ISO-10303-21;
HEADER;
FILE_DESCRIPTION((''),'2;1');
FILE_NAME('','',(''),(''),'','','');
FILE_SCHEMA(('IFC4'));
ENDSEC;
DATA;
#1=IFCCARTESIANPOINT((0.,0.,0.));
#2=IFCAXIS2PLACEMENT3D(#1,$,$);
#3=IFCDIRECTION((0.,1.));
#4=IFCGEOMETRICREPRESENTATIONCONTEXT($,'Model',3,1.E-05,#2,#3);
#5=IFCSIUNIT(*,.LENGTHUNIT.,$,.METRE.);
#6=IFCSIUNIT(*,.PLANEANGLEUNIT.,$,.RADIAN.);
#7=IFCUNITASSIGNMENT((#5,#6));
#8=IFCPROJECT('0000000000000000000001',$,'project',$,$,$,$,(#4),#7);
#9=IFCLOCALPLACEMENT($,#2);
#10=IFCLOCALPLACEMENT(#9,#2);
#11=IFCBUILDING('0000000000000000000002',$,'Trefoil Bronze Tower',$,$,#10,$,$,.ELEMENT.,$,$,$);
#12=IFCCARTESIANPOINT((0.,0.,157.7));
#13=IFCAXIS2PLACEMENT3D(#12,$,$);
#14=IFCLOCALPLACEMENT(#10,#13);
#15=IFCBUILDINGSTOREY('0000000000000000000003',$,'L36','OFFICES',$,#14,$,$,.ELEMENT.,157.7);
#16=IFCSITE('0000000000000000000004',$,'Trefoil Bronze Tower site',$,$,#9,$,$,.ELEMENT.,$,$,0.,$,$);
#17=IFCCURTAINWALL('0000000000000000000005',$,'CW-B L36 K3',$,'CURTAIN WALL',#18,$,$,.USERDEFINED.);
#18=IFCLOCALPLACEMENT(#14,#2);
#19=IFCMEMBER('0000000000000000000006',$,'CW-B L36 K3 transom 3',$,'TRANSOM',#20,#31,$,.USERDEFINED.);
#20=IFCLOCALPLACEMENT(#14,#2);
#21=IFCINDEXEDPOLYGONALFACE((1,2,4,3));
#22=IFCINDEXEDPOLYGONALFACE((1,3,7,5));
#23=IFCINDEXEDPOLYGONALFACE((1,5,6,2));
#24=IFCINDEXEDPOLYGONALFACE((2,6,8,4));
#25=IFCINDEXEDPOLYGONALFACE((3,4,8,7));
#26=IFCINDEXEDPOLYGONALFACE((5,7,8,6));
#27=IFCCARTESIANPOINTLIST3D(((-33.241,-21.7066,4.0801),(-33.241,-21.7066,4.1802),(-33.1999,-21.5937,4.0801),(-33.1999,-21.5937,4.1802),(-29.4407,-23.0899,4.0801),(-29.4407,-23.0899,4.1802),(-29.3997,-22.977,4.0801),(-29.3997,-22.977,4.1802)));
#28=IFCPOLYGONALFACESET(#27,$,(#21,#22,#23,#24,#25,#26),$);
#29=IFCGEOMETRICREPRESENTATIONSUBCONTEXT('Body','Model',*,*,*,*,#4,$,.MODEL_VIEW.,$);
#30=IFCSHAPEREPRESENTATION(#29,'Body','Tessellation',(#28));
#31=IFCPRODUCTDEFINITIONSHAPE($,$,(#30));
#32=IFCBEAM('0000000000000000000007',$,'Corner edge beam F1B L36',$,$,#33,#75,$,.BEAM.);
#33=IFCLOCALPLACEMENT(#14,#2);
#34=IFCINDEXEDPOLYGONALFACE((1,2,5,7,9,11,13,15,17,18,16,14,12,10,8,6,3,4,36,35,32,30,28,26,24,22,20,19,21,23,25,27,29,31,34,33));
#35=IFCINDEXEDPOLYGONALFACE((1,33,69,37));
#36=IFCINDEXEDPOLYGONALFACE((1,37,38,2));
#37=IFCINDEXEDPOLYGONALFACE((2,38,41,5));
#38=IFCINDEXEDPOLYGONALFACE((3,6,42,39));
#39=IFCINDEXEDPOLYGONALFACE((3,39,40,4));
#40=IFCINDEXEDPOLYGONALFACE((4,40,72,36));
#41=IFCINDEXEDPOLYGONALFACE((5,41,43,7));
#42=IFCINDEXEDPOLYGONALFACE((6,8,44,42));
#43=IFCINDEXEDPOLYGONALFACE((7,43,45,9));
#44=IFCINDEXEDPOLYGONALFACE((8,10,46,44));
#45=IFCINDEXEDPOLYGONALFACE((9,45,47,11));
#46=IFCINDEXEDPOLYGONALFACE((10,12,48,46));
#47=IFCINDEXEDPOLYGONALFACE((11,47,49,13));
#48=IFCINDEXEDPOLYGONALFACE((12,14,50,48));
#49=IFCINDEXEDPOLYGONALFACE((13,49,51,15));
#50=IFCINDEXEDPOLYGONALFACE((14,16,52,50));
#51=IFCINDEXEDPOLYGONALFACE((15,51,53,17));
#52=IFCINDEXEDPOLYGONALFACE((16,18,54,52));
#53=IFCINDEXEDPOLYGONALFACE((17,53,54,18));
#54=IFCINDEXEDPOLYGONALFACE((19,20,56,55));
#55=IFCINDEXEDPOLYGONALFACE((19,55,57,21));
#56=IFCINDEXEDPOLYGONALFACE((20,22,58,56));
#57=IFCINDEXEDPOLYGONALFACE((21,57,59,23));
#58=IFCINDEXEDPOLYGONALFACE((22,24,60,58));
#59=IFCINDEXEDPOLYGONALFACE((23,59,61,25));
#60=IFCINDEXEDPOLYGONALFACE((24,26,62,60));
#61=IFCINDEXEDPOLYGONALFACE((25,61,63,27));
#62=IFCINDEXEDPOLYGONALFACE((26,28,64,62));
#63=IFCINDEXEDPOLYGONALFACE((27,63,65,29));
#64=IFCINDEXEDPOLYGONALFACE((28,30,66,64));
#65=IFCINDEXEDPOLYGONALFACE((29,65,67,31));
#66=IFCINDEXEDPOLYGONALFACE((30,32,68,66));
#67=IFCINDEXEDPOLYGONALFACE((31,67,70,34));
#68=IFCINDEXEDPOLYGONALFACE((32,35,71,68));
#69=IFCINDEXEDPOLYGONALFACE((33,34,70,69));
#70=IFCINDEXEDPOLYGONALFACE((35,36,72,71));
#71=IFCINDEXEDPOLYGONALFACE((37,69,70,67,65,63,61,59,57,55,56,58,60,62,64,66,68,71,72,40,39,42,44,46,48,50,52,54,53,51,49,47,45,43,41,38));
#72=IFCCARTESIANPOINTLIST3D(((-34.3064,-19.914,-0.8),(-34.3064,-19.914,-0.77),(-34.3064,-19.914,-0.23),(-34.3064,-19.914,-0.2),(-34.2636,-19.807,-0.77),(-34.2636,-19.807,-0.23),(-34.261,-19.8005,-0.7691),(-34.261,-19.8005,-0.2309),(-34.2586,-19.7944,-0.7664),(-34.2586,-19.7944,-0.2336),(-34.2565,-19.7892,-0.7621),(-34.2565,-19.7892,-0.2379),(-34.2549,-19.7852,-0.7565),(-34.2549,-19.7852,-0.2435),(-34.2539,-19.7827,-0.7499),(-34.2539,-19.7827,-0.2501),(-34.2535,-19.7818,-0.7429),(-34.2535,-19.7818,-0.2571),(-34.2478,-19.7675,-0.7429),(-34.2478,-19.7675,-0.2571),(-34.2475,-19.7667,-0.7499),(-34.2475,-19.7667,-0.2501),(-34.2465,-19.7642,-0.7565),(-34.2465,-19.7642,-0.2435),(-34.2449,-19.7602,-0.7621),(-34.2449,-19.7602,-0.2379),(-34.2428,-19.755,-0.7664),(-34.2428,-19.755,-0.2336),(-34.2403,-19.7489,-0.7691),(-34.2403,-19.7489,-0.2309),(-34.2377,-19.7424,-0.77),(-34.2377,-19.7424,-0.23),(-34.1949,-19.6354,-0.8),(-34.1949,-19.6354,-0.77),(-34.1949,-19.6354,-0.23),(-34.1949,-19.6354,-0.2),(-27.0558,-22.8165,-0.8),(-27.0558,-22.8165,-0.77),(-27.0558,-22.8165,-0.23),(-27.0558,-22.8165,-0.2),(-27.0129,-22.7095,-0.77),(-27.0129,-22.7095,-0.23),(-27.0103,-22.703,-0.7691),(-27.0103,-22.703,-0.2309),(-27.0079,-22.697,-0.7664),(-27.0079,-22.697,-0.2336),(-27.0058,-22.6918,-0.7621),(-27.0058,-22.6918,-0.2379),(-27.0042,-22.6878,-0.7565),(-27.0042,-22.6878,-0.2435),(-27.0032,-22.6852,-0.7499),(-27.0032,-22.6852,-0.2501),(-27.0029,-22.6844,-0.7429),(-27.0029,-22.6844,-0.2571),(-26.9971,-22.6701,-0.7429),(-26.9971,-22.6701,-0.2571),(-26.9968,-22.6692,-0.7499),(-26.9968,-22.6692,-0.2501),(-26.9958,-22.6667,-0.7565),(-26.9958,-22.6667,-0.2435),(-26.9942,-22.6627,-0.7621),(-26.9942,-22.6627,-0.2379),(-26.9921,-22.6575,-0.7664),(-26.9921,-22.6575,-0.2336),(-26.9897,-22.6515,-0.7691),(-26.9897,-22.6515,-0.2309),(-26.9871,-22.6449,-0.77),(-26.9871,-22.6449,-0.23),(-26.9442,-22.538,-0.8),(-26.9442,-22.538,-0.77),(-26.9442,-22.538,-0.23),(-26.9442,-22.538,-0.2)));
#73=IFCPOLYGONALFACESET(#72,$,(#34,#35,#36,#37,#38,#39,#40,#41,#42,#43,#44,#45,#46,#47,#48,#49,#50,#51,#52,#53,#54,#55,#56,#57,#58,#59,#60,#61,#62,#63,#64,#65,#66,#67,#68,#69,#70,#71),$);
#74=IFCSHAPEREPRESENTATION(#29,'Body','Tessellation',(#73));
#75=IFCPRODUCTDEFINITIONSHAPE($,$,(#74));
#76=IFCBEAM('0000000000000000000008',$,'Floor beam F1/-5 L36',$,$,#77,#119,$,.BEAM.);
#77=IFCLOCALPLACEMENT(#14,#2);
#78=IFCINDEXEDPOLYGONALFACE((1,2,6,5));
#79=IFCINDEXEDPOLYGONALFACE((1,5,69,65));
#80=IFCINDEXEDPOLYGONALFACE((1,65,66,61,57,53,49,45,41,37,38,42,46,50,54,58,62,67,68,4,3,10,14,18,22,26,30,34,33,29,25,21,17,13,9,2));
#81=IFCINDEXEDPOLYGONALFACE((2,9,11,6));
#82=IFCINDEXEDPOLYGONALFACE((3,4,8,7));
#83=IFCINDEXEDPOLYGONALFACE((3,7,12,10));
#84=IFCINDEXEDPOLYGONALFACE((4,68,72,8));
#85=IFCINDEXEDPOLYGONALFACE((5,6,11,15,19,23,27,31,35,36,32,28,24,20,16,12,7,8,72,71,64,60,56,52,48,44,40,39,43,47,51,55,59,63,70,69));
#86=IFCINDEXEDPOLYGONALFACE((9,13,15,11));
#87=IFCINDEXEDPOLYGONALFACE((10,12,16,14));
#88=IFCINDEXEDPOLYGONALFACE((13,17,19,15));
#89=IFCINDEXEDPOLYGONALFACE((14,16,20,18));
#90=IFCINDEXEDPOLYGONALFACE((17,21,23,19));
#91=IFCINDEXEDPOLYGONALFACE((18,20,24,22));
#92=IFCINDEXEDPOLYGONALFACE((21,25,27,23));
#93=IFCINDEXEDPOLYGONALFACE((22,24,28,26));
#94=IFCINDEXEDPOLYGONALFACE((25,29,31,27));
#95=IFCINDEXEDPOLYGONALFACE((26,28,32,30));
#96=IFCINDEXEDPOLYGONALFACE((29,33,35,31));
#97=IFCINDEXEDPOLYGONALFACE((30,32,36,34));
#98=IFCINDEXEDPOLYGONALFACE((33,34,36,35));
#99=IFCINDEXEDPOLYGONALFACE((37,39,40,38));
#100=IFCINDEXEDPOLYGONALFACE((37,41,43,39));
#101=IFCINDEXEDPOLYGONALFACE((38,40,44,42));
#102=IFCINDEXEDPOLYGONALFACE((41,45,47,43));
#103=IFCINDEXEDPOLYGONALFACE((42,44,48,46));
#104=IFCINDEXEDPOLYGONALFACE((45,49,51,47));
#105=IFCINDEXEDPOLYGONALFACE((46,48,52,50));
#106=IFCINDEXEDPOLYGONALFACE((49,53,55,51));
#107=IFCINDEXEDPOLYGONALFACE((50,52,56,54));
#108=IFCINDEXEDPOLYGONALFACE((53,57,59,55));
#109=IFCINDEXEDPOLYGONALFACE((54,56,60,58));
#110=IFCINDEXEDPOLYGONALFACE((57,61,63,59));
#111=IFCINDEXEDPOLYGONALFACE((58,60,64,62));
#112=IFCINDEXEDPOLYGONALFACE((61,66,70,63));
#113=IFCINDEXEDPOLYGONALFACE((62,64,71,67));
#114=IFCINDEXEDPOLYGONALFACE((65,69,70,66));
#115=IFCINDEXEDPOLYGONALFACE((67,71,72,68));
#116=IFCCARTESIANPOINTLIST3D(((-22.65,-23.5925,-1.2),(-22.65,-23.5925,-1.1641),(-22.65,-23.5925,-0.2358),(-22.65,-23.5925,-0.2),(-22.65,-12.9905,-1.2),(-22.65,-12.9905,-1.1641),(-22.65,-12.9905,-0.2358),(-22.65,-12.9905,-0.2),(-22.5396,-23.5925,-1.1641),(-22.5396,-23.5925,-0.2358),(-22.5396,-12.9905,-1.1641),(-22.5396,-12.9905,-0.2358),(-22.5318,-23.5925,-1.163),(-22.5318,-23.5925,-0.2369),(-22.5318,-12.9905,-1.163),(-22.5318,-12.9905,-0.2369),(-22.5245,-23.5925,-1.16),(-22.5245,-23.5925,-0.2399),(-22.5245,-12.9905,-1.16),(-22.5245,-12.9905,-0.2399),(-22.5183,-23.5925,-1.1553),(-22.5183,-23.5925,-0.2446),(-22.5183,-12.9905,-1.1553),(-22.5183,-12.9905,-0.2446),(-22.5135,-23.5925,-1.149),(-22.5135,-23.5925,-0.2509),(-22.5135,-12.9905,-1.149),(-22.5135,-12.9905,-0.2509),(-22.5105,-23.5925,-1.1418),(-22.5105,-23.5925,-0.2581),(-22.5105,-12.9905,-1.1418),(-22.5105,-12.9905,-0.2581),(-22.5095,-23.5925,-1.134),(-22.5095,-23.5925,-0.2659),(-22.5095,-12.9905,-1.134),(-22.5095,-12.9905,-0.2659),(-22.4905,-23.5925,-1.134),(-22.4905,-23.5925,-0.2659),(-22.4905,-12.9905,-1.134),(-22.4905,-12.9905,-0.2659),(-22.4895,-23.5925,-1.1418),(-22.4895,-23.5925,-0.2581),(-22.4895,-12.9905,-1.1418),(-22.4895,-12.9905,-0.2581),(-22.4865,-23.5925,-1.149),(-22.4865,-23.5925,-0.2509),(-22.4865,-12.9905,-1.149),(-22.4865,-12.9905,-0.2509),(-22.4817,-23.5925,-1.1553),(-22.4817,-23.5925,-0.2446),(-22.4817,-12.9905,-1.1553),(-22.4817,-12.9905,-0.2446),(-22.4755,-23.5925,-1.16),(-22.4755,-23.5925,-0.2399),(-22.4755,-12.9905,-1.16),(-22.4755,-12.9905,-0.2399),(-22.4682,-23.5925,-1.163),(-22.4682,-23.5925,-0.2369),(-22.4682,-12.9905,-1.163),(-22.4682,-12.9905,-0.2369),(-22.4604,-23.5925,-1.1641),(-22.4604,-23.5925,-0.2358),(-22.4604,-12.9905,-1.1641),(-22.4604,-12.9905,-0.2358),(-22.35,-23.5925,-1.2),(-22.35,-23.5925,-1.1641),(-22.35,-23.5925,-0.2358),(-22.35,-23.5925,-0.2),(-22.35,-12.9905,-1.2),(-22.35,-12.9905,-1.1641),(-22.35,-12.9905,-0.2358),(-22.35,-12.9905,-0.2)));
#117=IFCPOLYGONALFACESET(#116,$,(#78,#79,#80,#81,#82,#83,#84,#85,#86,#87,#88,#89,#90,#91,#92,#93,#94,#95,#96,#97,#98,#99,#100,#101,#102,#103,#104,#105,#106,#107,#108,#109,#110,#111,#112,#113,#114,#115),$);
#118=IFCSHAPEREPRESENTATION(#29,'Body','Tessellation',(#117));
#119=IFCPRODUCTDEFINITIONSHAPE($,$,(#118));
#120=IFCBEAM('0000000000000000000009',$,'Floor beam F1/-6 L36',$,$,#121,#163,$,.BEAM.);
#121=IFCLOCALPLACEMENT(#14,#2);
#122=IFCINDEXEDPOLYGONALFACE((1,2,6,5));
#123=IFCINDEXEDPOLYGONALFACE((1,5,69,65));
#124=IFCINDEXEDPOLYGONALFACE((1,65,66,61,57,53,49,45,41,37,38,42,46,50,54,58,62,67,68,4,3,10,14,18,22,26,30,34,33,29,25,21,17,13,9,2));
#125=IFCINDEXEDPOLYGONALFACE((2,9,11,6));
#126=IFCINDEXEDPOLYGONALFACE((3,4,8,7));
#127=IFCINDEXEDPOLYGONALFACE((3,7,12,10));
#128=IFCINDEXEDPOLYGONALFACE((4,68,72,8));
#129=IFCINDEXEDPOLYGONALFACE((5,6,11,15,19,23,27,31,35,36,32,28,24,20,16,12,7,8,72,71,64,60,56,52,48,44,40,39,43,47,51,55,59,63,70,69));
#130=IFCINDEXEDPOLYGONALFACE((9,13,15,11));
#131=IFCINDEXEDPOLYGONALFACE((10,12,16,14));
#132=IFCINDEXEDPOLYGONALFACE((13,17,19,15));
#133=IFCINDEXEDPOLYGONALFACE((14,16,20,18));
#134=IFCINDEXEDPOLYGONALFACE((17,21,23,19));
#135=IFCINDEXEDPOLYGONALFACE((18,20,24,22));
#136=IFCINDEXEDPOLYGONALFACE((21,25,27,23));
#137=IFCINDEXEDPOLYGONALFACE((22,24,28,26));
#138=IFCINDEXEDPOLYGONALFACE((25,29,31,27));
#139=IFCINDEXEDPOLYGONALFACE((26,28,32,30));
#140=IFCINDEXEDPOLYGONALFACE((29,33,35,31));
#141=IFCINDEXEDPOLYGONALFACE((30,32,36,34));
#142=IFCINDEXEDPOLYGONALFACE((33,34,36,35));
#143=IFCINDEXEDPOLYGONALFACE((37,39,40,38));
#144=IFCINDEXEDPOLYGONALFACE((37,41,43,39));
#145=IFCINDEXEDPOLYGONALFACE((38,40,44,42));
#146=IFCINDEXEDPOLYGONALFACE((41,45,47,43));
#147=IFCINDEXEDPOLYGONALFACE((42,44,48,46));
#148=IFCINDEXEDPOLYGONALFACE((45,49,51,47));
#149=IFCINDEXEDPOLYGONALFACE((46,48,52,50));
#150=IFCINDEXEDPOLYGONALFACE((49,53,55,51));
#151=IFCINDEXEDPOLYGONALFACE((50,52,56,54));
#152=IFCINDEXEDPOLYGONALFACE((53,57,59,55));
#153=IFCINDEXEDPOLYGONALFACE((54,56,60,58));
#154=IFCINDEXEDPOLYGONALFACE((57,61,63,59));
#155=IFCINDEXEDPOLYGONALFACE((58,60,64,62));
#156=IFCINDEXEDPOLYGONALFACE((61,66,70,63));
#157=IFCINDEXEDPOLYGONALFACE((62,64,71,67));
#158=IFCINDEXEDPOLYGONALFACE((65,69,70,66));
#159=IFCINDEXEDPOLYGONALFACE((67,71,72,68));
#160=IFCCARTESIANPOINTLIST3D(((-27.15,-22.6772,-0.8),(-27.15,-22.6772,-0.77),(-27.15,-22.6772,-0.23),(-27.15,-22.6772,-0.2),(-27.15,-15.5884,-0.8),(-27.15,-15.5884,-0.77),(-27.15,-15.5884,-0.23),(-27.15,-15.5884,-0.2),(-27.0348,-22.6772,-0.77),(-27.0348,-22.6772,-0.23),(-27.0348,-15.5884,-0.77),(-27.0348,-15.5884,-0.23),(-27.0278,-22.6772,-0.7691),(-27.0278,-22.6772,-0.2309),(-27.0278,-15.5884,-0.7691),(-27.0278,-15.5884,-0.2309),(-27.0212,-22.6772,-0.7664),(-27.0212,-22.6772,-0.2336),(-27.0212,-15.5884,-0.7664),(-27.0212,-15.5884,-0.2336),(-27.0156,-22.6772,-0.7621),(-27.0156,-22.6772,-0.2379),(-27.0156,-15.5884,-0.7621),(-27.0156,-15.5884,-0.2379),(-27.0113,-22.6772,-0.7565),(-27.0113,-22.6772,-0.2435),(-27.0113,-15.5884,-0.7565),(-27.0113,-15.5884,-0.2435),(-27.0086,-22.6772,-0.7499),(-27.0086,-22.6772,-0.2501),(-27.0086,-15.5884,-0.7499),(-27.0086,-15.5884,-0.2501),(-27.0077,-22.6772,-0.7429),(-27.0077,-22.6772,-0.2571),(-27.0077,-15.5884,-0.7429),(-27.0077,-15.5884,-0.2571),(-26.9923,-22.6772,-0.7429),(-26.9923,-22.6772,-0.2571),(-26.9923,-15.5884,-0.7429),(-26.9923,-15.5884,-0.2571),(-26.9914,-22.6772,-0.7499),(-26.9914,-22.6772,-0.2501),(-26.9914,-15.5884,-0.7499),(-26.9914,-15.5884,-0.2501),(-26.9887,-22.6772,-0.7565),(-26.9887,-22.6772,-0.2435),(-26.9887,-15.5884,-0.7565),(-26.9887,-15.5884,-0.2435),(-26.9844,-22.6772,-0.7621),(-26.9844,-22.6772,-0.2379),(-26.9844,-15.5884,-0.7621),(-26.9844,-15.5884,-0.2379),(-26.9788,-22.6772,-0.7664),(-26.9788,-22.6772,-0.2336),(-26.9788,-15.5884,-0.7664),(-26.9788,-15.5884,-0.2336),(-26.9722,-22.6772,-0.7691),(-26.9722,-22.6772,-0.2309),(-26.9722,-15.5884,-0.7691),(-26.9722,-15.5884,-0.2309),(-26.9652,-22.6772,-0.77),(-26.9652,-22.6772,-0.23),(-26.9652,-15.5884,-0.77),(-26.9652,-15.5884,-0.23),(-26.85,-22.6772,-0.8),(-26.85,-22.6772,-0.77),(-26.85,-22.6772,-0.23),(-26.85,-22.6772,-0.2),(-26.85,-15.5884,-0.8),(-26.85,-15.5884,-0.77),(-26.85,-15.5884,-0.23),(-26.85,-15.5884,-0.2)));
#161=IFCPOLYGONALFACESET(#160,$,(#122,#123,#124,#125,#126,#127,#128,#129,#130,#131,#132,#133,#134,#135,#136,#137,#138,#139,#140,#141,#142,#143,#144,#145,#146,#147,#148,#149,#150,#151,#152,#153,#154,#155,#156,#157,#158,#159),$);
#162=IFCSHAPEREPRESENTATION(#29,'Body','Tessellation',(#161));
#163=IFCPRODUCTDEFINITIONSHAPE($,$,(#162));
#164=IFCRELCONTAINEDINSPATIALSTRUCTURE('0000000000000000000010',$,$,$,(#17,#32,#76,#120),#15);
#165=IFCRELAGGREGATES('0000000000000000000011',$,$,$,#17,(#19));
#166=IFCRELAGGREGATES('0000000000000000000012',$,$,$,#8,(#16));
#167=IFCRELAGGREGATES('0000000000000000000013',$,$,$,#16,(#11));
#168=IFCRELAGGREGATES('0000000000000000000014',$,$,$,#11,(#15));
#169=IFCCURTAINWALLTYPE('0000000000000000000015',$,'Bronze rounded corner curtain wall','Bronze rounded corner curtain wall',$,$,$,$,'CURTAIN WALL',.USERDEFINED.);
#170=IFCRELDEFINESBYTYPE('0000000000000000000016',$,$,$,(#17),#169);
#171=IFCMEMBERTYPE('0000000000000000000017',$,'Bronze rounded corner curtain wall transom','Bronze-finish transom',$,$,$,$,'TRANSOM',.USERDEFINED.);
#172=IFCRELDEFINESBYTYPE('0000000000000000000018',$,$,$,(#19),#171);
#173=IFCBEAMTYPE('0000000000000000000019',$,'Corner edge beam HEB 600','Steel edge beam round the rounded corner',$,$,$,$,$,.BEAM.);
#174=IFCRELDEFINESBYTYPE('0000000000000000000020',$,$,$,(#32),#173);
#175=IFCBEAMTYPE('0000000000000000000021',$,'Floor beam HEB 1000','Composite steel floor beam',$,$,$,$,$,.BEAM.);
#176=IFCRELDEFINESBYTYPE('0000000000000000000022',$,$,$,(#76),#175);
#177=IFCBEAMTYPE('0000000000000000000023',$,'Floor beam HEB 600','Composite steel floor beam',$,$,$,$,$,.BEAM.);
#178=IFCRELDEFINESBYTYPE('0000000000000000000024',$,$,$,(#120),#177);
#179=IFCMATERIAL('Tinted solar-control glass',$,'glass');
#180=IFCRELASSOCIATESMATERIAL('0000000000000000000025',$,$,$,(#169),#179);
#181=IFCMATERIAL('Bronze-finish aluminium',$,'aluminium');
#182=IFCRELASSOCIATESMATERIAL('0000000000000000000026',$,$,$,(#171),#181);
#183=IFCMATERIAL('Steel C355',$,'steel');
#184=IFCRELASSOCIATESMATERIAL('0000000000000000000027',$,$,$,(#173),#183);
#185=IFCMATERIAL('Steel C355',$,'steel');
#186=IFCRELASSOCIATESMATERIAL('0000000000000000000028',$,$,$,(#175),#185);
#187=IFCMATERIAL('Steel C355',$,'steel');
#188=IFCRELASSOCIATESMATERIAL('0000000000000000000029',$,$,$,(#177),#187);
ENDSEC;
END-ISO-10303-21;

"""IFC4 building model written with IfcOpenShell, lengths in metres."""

from ifc_helpers import new_model, si_unit, direction, frame, origin, origin_2d, place, context, subcontext, project, spatial, rectangle, i_section, extrude, material, material_profile, profile_set, type_object, element, aggregate, save


model = new_model("IFC4")

# Units and contexts
model_context = context("Model", 3, precision=1e-05, world=origin(), true_north=direction((0.0, 1.0)))
body_context = subcontext(model_context, "Body", "Model", "MODEL_VIEW")
ifc_project = project(units=[si_unit("LENGTHUNIT", "METRE"), si_unit("PLANEANGLEUNIT", "RADIAN")], contexts=[model_context])

# Site, building, storey
site_placement = place(None, origin())
site = spatial("IfcSite", under=ifc_project, at=site_placement, Name="Trefoil Bronze Tower site", CompositionType="ELEMENT", RefElevation=0.0)
building_placement = place(site_placement, origin())
building = spatial("IfcBuilding", under=site, at=building_placement, Name="Trefoil Bronze Tower", CompositionType="ELEMENT")
storey_placement = place(building_placement, frame((0.0, 0.0, 157.7)))
storey = spatial("IfcBuildingStorey", under=building, at=storey_placement, Name="L36", Description="OFFICES", CompositionType="ELEMENT", Elevation=157.7)

# Curtain wall, member
ifc_material_1 = material(Name="Tinted solar-control glass", Category="glass")
curtain_wall_type_1 = type_object("IfcCurtainWallType", Name="Bronze rounded corner curtain wall", Description="Bronze rounded corner curtain wall", ElementType="CURTAIN WALL", PredefinedType="USERDEFINED", material=ifc_material_1)
curtain_wall_1_placement = place(storey_placement, origin())
curtain_wall_1 = element("IfcCurtainWall", 1, at=curtain_wall_1_placement, inside=storey, type_object=curtain_wall_type_1, Name="CW-B L36 K3", ObjectType="CURTAIN WALL", PredefinedType="USERDEFINED")
ifc_material_2 = material(Name="Bronze-finish aluminium", Category="aluminium")
ifc_material_profile_1 = material_profile(ifc_material_2, rectangle(XDim=0.1201, YDim=0.1001, at=origin_2d()), Name="CW-B transom")
ifc_profile_set_1 = profile_set([ifc_material_profile_1], Name="Bronze-finish aluminium")
member_type_1 = type_object("IfcMemberType", Name="Bronze rounded corner curtain wall transom", Description="Bronze-finish transom", ElementType="TRANSOM", PredefinedType="USERDEFINED", material=ifc_profile_set_1)
member_1_placement = place(storey_placement, frame((-33.2205, -21.6501, 4.1301), z_axis=(0.939684, -0.342044, 0.0), x_axis=(0.342044, 0.939684, 0.0)))
member_1 = element("IfcMember", 2, at=member_1_placement, type_object=member_type_1, Name="CW-B L36 K3 transom 3", ObjectType="TRANSOM", PredefinedType="USERDEFINED", context=body_context, shape_type="SweptSolid", body=[
    extrude(rectangle(XDim=0.1201, YDim=0.1001, at=origin_2d()), origin(), (0.0, 0.0, 1.0), 4.0442),
])

# Beams
ifc_material_3 = material(Name="Steel C355", Category="steel")
ifc_material_profile_2 = material_profile(ifc_material_3, i_section(OverallWidth=0.3, OverallDepth=0.6001, WebThickness=0.0154, FlangeThickness=0.03, FilletRadius=0.0271, at=origin_2d()), Name="HEB 600")
ifc_profile_set_2 = profile_set([ifc_material_profile_2], Name="Steel C355")
beam_type_1 = type_object("IfcBeamType", Name="Corner edge beam HEB 600", Description="Steel edge beam round the rounded corner", PredefinedType="BEAM", material=ifc_profile_set_2)
beam_1_placement = place(storey_placement, frame((-27.0, -22.6772, -0.5), z_axis=(-0.928375, 0.371644, 0.0), x_axis=(-0.371644, -0.928375, 0.0)))
element("IfcBeam", 3, at=beam_1_placement, inside=storey, type_object=beam_type_1, Name="Corner edge beam F1B L36", PredefinedType="BEAM", context=body_context, shape_type="SweptSolid", body=[
    extrude(i_section(OverallWidth=0.3, OverallDepth=0.6001, WebThickness=0.0154, FlangeThickness=0.03, FilletRadius=0.0271, at=origin_2d()), origin(), (0.0, 0.0, 1.0), 7.8101),
])
ifc_material_4 = material(Name="Steel C355", Category="steel")
ifc_material_profile_3 = material_profile(ifc_material_4, i_section(OverallWidth=0.3, OverallDepth=1.0, WebThickness=0.019, FlangeThickness=0.0359, FilletRadius=0.03, at=origin_2d()), Name="HEB 1000")
ifc_profile_set_3 = profile_set([ifc_material_profile_3], Name="Steel C355")
beam_type_2 = type_object("IfcBeamType", Name="Floor beam HEB 1000", Description="Composite steel floor beam", PredefinedType="BEAM", material=ifc_profile_set_3)
beam_2_placement = place(storey_placement, frame((-22.5, -23.5925, -0.7), z_axis=(0.0, 1.0, 0.0), x_axis=(-1.0, 0.0, 0.0)))
element("IfcBeam", 4, at=beam_2_placement, inside=storey, type_object=beam_type_2, Name="Floor beam F1/-5 L36", PredefinedType="BEAM", context=body_context, shape_type="SweptSolid", body=[
    extrude(i_section(OverallWidth=0.3, OverallDepth=1.0, WebThickness=0.019, FlangeThickness=0.0359, FilletRadius=0.03, at=origin_2d()), origin(), (0.0, 0.0, 1.0), 10.6021),
])
ifc_material_5 = material(Name="Steel C355", Category="steel")
ifc_material_profile_4 = material_profile(ifc_material_5, i_section(OverallWidth=0.3, OverallDepth=0.6001, WebThickness=0.0154, FlangeThickness=0.03, FilletRadius=0.0271, at=origin_2d()), Name="HEB 600")
ifc_profile_set_4 = profile_set([ifc_material_profile_4], Name="Steel C355")
beam_type_3 = type_object("IfcBeamType", Name="Floor beam HEB 600", Description="Composite steel floor beam", PredefinedType="BEAM", material=ifc_profile_set_4)
beam_3_placement = place(storey_placement, frame((-27.0, -22.6772, -0.5), z_axis=(0.0, 1.0, 0.0), x_axis=(-1.0, 0.0, 0.0)))
element("IfcBeam", 5, at=beam_3_placement, inside=storey, type_object=beam_type_3, Name="Floor beam F1/-6 L36", PredefinedType="BEAM", context=body_context, shape_type="SweptSolid", body=[
    extrude(i_section(OverallWidth=0.3, OverallDepth=0.6001, WebThickness=0.0154, FlangeThickness=0.03, FilletRadius=0.0271, at=origin_2d()), origin(), (0.0, 0.0, 1.0), 7.0889),
])

aggregate(curtain_wall_1, [member_1])

save(model, "model.ifc")
